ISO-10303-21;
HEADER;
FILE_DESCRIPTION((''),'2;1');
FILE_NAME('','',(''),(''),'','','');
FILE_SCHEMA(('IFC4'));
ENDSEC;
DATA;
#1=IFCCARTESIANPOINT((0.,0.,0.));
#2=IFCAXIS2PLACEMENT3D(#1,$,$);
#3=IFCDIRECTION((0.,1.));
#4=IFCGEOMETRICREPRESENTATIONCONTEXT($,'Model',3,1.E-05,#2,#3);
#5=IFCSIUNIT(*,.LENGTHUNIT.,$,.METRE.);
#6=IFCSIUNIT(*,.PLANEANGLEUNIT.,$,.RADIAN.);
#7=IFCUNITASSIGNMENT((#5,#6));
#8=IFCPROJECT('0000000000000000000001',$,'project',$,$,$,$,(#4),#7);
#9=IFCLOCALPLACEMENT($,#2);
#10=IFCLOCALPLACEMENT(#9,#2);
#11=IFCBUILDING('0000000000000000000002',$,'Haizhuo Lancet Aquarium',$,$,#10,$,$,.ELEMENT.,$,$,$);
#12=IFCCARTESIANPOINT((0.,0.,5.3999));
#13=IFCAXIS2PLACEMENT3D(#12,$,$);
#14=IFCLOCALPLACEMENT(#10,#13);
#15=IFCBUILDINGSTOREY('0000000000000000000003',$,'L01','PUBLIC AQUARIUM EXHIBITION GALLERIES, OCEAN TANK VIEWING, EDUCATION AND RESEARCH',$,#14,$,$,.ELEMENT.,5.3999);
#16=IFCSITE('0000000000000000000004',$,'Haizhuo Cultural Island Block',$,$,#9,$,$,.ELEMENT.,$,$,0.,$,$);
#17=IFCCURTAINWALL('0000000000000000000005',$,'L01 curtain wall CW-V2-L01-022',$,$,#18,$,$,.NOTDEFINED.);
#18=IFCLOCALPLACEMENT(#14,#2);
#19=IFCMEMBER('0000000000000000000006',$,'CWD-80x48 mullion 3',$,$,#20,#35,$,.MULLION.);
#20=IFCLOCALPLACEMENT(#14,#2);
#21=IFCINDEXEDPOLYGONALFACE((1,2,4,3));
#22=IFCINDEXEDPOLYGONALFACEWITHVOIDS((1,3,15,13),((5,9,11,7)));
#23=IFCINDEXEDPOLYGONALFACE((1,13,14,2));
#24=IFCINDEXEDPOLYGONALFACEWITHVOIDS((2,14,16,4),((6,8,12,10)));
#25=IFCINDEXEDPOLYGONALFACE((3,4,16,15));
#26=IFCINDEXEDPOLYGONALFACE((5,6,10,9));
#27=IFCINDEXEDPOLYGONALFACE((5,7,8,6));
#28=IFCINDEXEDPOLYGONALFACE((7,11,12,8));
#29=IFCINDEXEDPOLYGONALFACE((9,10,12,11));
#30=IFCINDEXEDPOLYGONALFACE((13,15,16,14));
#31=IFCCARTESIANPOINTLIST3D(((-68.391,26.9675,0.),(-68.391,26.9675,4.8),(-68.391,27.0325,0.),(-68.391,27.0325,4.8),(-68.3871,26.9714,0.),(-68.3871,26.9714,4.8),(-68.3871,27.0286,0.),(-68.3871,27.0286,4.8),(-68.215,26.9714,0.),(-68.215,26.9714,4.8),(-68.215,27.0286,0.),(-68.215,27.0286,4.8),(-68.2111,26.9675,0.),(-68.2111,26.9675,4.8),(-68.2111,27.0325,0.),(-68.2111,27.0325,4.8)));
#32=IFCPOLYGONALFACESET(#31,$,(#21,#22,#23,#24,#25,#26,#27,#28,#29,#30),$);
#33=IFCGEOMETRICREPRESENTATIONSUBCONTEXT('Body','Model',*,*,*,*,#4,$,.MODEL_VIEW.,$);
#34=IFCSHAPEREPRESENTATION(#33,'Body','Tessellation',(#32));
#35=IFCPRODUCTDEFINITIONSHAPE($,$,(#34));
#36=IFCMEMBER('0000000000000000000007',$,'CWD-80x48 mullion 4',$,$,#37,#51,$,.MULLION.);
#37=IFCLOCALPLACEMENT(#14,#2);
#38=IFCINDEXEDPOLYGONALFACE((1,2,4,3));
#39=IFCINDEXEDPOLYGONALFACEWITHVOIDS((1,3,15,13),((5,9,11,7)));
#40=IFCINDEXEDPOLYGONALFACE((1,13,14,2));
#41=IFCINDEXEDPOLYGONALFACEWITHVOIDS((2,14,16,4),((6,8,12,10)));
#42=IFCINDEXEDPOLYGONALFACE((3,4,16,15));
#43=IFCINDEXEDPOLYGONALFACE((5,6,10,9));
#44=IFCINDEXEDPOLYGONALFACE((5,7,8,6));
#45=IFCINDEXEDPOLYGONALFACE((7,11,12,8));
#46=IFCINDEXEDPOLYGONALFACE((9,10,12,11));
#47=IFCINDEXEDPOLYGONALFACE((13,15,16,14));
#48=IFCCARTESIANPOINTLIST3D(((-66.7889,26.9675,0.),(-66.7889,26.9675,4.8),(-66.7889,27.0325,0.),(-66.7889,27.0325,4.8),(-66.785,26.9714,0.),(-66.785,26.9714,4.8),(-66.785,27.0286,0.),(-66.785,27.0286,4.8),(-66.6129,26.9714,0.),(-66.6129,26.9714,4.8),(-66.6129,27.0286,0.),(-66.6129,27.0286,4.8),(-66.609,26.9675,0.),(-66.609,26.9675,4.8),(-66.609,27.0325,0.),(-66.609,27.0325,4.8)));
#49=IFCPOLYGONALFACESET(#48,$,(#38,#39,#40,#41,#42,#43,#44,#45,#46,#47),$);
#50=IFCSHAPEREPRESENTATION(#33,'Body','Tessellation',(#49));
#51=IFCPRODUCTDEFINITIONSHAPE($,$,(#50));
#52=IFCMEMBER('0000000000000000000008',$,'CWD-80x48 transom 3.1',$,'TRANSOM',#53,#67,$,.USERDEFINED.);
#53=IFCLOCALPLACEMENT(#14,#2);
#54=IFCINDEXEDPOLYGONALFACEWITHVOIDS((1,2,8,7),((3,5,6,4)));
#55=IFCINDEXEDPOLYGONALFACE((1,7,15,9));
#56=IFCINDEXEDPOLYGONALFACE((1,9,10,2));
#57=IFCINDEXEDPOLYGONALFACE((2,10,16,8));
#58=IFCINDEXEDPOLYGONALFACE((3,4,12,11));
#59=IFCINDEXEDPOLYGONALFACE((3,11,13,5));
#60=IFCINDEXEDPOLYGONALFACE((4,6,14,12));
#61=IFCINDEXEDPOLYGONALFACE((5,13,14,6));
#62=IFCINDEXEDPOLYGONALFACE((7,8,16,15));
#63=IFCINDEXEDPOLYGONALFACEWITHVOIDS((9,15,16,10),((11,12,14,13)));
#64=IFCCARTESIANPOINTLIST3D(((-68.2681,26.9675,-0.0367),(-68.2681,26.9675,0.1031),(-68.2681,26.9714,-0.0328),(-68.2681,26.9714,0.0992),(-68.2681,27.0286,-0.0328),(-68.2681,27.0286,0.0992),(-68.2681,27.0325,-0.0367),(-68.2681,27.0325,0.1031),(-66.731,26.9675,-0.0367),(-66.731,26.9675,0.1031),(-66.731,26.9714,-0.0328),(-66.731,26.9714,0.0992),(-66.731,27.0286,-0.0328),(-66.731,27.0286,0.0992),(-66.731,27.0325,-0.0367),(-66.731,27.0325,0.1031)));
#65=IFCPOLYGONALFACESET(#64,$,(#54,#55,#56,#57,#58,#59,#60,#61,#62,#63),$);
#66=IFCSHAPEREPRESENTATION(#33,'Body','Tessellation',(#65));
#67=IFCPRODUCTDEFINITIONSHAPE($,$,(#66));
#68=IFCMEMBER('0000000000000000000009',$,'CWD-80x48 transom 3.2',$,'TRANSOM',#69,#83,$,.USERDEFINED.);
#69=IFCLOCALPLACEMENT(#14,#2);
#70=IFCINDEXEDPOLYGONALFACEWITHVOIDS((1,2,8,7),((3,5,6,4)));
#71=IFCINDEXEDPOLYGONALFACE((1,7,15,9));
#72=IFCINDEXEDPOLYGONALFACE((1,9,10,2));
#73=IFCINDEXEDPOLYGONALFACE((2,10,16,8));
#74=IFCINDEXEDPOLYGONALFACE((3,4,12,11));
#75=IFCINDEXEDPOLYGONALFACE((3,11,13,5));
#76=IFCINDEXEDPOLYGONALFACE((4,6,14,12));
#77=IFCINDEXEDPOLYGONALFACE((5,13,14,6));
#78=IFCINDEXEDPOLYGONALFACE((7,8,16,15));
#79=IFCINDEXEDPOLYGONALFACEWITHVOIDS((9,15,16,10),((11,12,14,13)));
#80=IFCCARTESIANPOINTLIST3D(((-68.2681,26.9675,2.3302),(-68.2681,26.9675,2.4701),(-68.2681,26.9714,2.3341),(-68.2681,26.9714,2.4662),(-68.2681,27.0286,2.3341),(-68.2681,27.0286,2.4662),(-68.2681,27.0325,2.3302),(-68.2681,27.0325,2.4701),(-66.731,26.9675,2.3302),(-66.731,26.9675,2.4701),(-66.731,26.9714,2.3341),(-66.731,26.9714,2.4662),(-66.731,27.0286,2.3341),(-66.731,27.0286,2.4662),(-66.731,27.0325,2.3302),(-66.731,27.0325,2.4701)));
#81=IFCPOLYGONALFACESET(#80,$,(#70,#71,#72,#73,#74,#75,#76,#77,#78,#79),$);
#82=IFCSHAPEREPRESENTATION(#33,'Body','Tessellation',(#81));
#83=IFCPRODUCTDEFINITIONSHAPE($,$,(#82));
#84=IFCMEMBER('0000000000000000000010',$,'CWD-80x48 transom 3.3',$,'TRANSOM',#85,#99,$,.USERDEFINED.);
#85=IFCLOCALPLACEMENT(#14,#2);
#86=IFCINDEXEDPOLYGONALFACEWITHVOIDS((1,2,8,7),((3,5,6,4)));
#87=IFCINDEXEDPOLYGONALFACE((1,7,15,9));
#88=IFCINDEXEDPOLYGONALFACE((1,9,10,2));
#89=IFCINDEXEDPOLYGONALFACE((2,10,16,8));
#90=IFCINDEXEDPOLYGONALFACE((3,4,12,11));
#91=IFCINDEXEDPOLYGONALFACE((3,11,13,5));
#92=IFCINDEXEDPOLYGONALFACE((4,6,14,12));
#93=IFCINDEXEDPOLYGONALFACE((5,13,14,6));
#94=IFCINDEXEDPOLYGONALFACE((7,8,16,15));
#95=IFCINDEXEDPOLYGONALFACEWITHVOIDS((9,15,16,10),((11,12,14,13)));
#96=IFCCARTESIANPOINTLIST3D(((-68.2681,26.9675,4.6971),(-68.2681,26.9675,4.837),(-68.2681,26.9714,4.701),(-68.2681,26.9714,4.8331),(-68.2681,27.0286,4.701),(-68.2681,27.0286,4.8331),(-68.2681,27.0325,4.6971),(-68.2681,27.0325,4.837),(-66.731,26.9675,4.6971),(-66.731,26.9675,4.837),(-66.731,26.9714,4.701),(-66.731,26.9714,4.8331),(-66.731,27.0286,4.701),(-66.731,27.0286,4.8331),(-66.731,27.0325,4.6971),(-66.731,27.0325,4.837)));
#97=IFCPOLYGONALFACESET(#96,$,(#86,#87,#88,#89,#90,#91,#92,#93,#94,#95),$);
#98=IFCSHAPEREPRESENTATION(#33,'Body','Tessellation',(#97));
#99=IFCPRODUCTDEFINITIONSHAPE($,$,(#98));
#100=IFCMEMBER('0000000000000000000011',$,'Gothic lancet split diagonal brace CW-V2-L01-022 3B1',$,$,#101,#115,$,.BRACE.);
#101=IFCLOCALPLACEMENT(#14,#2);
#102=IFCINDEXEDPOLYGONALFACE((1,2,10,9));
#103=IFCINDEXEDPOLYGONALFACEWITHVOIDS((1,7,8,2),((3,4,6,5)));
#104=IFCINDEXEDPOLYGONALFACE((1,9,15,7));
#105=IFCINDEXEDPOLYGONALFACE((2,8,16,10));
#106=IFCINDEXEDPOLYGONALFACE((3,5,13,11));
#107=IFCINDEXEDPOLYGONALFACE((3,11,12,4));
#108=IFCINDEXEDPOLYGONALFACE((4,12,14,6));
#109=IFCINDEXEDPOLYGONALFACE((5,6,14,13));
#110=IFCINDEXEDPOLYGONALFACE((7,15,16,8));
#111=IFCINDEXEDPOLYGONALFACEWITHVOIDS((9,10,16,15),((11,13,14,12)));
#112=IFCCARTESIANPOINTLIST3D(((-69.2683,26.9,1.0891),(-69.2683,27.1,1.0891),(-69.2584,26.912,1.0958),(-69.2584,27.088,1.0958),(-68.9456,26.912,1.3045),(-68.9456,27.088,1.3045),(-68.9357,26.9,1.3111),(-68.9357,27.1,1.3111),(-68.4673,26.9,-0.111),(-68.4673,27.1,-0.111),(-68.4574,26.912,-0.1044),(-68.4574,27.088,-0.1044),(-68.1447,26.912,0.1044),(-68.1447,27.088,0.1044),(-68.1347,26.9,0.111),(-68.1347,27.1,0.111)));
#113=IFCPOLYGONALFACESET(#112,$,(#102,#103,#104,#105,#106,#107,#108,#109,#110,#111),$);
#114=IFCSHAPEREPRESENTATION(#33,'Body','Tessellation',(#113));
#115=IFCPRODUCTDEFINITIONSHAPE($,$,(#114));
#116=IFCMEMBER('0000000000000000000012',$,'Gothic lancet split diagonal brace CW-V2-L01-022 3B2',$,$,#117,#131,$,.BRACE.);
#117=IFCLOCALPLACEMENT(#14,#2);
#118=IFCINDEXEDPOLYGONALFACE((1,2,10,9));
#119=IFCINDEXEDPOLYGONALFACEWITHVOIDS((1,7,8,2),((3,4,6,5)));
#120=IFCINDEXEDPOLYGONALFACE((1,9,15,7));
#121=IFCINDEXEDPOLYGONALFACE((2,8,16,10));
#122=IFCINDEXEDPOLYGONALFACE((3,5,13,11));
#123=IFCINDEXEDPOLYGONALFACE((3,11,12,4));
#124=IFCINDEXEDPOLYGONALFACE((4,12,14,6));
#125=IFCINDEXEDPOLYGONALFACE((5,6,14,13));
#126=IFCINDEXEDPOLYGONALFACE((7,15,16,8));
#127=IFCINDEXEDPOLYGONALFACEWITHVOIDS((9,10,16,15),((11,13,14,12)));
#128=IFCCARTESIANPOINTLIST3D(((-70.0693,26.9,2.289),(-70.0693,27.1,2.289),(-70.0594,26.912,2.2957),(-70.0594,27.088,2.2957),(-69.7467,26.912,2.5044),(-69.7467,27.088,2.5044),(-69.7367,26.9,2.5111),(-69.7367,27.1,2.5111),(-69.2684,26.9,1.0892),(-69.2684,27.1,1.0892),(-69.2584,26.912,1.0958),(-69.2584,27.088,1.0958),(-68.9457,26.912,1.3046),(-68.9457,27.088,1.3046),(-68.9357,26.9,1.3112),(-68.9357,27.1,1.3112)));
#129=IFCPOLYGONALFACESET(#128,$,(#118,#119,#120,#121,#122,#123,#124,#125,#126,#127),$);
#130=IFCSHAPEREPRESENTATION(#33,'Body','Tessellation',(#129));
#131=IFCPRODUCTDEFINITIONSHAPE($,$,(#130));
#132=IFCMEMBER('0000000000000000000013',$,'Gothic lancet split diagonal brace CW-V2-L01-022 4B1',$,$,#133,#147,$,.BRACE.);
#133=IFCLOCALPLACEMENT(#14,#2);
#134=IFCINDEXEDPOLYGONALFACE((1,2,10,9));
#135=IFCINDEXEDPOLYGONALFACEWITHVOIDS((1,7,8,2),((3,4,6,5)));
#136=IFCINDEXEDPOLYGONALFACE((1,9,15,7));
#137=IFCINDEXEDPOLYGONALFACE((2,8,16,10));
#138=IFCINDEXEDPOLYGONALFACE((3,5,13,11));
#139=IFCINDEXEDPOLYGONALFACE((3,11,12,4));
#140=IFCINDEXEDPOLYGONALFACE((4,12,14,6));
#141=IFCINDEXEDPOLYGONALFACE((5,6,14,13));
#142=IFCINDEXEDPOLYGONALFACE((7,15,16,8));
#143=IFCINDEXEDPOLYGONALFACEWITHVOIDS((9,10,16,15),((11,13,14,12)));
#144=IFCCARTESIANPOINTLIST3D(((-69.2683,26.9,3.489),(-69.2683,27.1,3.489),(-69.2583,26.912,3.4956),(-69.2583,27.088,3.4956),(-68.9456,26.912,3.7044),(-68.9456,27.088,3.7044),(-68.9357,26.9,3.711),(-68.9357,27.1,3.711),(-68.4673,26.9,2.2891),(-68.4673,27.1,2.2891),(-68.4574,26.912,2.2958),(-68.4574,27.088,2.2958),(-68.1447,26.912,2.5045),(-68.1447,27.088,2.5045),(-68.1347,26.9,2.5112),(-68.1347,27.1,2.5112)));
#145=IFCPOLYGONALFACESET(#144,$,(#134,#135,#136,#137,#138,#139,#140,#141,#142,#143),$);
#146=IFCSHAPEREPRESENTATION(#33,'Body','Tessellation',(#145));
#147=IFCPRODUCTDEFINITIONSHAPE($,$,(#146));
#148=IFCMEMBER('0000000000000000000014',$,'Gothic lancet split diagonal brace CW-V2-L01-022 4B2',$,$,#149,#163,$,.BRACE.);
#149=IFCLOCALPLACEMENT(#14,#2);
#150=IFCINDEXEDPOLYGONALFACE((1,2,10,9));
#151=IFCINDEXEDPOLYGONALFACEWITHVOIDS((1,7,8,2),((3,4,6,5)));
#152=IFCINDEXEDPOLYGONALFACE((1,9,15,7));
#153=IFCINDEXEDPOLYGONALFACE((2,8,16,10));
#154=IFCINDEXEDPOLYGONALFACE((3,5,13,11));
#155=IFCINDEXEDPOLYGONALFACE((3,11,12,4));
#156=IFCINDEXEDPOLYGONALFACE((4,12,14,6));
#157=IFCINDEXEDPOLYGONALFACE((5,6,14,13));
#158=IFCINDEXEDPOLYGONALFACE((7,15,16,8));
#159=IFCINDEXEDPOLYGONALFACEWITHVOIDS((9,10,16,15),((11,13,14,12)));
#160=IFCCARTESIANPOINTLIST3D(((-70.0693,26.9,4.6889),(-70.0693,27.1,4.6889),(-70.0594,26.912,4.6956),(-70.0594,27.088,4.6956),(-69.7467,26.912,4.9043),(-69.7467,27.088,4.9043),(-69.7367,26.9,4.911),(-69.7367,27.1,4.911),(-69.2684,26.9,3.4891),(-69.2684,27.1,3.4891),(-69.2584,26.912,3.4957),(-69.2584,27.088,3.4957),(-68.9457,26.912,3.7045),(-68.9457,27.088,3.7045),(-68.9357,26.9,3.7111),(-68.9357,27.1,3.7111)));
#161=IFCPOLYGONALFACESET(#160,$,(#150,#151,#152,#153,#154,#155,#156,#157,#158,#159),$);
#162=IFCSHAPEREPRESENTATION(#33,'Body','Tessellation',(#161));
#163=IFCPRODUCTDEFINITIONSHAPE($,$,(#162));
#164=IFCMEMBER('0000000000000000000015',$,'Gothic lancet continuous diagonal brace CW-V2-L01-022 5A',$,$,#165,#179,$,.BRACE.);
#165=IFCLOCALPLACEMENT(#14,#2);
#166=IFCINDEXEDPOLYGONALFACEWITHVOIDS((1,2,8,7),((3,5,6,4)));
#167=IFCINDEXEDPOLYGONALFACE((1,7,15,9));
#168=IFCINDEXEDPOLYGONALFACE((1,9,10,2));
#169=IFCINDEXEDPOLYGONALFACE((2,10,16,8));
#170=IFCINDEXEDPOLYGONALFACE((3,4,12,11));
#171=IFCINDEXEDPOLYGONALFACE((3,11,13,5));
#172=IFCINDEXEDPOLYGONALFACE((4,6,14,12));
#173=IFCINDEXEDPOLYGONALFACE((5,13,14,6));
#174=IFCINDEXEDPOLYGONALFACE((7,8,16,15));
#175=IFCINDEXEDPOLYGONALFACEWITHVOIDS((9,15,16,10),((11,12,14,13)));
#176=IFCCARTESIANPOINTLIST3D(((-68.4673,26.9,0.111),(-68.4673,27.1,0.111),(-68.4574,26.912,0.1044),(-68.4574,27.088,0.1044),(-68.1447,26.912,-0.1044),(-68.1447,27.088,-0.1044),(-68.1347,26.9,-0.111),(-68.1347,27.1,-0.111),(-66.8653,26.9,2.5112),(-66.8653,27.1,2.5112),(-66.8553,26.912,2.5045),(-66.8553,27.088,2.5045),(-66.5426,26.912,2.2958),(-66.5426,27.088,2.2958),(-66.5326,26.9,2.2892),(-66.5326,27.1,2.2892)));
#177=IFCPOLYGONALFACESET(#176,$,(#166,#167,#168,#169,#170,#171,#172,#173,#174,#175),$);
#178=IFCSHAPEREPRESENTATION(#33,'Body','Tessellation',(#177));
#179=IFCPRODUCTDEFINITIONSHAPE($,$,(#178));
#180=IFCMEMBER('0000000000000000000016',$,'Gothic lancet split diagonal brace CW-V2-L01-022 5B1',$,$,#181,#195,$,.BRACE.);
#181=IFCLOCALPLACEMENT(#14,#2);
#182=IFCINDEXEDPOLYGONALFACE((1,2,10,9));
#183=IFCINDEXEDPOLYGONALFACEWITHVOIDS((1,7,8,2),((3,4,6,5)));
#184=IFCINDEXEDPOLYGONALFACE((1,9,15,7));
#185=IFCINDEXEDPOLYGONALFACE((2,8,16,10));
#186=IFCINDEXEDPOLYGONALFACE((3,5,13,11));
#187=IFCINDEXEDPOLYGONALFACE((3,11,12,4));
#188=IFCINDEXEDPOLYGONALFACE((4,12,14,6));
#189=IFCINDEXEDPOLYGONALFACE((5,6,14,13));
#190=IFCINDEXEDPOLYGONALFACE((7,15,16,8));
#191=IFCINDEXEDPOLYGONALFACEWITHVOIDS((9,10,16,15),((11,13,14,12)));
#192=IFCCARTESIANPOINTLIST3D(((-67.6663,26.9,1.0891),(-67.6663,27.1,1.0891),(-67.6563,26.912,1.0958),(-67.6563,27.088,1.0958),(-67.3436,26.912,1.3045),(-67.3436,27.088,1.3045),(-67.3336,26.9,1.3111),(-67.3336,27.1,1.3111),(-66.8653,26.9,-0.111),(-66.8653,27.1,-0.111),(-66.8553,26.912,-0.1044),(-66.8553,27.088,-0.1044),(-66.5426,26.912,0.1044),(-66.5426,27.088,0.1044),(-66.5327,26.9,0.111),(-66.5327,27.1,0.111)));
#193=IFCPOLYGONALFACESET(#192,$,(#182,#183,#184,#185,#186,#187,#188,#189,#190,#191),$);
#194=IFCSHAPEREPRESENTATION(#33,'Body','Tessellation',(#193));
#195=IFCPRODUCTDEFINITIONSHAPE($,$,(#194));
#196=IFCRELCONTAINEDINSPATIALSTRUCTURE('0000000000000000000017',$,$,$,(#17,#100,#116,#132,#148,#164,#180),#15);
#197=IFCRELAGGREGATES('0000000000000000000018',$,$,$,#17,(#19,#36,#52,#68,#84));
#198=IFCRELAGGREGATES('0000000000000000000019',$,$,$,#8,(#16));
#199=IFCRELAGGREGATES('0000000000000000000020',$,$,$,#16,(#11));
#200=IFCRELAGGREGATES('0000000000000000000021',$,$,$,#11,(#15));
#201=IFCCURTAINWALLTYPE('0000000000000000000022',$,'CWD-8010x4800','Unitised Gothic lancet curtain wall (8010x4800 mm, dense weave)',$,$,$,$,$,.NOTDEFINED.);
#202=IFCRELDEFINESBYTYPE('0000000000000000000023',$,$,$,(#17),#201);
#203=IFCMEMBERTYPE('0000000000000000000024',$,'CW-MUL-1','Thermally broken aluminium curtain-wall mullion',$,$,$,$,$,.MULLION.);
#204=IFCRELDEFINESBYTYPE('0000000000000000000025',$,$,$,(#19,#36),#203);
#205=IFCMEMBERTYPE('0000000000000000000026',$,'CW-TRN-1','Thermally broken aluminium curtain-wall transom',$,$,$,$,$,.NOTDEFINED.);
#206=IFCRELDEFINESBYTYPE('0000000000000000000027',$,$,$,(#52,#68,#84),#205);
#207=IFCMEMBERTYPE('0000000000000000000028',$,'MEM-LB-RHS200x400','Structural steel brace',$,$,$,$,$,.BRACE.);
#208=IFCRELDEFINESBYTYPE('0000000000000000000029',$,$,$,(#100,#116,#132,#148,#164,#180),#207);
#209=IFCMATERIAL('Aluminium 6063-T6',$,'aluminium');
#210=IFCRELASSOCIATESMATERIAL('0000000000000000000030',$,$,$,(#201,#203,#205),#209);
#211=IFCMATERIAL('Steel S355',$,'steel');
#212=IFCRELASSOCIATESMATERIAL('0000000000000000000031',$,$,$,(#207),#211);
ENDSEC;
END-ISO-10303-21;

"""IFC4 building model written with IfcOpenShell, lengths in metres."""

from ifc_helpers import new_model, si_unit, direction, frame, origin, origin_2d, place, context, subcontext, project, spatial, hollow_rectangle, extrude, material, material_profile, profile_set, type_object, element, aggregate, save


model = new_model("IFC4")

# Units and contexts
model_context = context("Model", 3, precision=1e-05, world=origin(), true_north=direction((0.0, 1.0)))
body_context = subcontext(model_context, "Body", "Model", "MODEL_VIEW")
ifc_project = project(units=[si_unit("LENGTHUNIT", "METRE"), si_unit("PLANEANGLEUNIT", "RADIAN")], contexts=[model_context])

# Site, building, storey
site_placement = place(None, origin())
site = spatial("IfcSite", under=ifc_project, at=site_placement, Name="Haizhuo Cultural Island Block", CompositionType="ELEMENT", RefElevation=0.0)
building_placement = place(site_placement, origin())
building = spatial("IfcBuilding", under=site, at=building_placement, Name="Haizhuo Lancet Aquarium", CompositionType="ELEMENT")
storey_placement = place(building_placement, frame((0.0, 0.0, 5.3999)))
storey = spatial("IfcBuildingStorey", under=building, at=storey_placement, Name="L01", Description="PUBLIC AQUARIUM EXHIBITION GALLERIES, OCEAN TANK VIEWING, EDUCATION AND RESEARCH", CompositionType="ELEMENT", Elevation=5.3999)

# Curtain wall, members
ifc_material_1 = material(Name="Aluminium 6063-T6", Category="aluminium")
curtain_wall_type = type_object("IfcCurtainWallType", Name="CWD-8010x4800", Description="Unitised Gothic lancet curtain wall (8010x4800 mm, dense weave)", PredefinedType="NOTDEFINED", material=ifc_material_1)
curtain_wall_placement = place(storey_placement, origin())
curtain_wall = element("IfcCurtainWall", 1, at=curtain_wall_placement, inside=storey, type_object=curtain_wall_type, Name="L01 curtain wall CW-V2-L01-022", PredefinedType="NOTDEFINED")
ifc_material_profile_1 = material_profile(ifc_material_1, hollow_rectangle(XDim=0.0649, YDim=0.1799, WallThickness=0.0039, at=origin_2d()), Name="ALU-M 65x180x4")
ifc_profile_set_1 = profile_set([ifc_material_profile_1], Name="Aluminium 6063-T6")
member_type_1 = type_object("IfcMemberType", Name="CW-MUL-1", Description="Thermally broken aluminium curtain-wall mullion", PredefinedType="MULLION", material=ifc_profile_set_1)
member_1_placement = place(storey_placement, frame((-68.301, 27.0, 0.0), z_axis=(0.0, 0.0, 1.0), x_axis=(0.0, 1.0, 0.0)))
member_1 = element("IfcMember", 2, at=member_1_placement, type_object=member_type_1, Name="CWD-80x48 mullion 3", PredefinedType="MULLION", context=body_context, shape_type="SweptSolid", body=[
    extrude(hollow_rectangle(XDim=0.0649, YDim=0.1799, WallThickness=0.0039, at=origin_2d()), origin(), (0.0, 0.0, 1.0), 4.8),
])
member_2_placement = place(storey_placement, frame((-66.699, 27.0, 0.0), z_axis=(0.0, 0.0, 1.0), x_axis=(0.0, 1.0, 0.0)))
member_2 = element("IfcMember", 3, at=member_2_placement, type_object=member_type_1, Name="CWD-80x48 mullion 4", PredefinedType="MULLION", context=body_context, shape_type="SweptSolid", body=[
    extrude(hollow_rectangle(XDim=0.0649, YDim=0.1799, WallThickness=0.0039, at=origin_2d()), origin(), (0.0, 0.0, 1.0), 4.8),
])
ifc_material_profile_2 = material_profile(ifc_material_1, hollow_rectangle(XDim=0.0649, YDim=0.1399, WallThickness=0.0039, at=origin_2d()), Name="ALU-T 65x140x4")
ifc_profile_set_2 = profile_set([ifc_material_profile_2], Name="Aluminium 6063-T6")
member_type_2 = type_object("IfcMemberType", Name="CW-TRN-1", Description="Thermally broken aluminium curtain-wall transom", PredefinedType="NOTDEFINED", material=ifc_profile_set_2)
member_3_placement = place(storey_placement, frame((-68.2681, 27.0, 0.0332), z_axis=(1.0, 0.0, 0.0), x_axis=(0.0, 1.0, 0.0)))
member_3 = element("IfcMember", 4, at=member_3_placement, type_object=member_type_2, Name="CWD-80x48 transom 3.1", ObjectType="TRANSOM", PredefinedType="USERDEFINED", context=body_context, shape_type="SweptSolid", body=[
    extrude(hollow_rectangle(XDim=0.0649, YDim=0.1399, WallThickness=0.0039, at=origin_2d()), origin(), (0.0, 0.0, 1.0), 1.5371),
])
member_4_placement = place(storey_placement, frame((-68.2681, 27.0, 2.4001), z_axis=(1.0, 0.0, 0.0), x_axis=(0.0, 1.0, 0.0)))
member_4 = element("IfcMember", 5, at=member_4_placement, type_object=member_type_2, Name="CWD-80x48 transom 3.2", ObjectType="TRANSOM", PredefinedType="USERDEFINED", context=body_context, shape_type="SweptSolid", body=[
    extrude(hollow_rectangle(XDim=0.0649, YDim=0.1399, WallThickness=0.0039, at=origin_2d()), origin(), (0.0, 0.0, 1.0), 1.5371),
])
member_5_placement = place(storey_placement, frame((-68.2681, 27.0, 4.7671), z_axis=(1.0, 0.0, 0.0), x_axis=(0.0, 1.0, 0.0)))
member_5 = element("IfcMember", 6, at=member_5_placement, type_object=member_type_2, Name="CWD-80x48 transom 3.3", ObjectType="TRANSOM", PredefinedType="USERDEFINED", context=body_context, shape_type="SweptSolid", body=[
    extrude(hollow_rectangle(XDim=0.0649, YDim=0.1399, WallThickness=0.0039, at=origin_2d()), origin(), (0.0, 0.0, 1.0), 1.5371),
])

# Members
ifc_material_2 = material(Name="Steel S355", Category="steel")
ifc_material_profile_3 = material_profile(ifc_material_2, hollow_rectangle(XDim=0.2, YDim=0.3999, WallThickness=0.012, at=origin_2d()), Name="RHS 200x400x12")
ifc_profile_set_3 = profile_set([ifc_material_profile_3], Name="Steel S355")
member_type_3 = type_object("IfcMemberType", Name="MEM-LB-RHS200x400", Description="Structural steel brace", PredefinedType="BRACE", material=ifc_profile_set_3)
member_6_placement = place(storey_placement, frame((-68.301, 27.0, 0.0), z_axis=(-0.55513, 0.0, 0.831764), x_axis=(0.0, -1.0, 0.0)))
element("IfcMember", 7, at=member_6_placement, inside=storey, type_object=member_type_3, Name="Gothic lancet split diagonal brace CW-V2-L01-022 3B1", PredefinedType="BRACE", context=body_context, shape_type="SweptSolid", body=[
    extrude(hollow_rectangle(XDim=0.2, YDim=0.3999, WallThickness=0.012, at=origin_2d()), origin(), (0.0, 0.0, 1.0), 1.4429),
])
for number, where, z_axis, x_axis, name in (
    (8, (-69.1021, 27.0, 1.2002), (-0.555208, 0.0, 0.831712), (0.0, -1.0, 0.0), "Gothic lancet split diagonal brace CW-V2-L01-022 3B2"),
    (9, (-68.301, 27.0, 2.4001), (-0.555208, 0.0, 0.831712), (0.0, -1.0, 0.0), "Gothic lancet split diagonal brace CW-V2-L01-022 4B1"),
    (10, (-69.1021, 27.0, 3.6001), (-0.555208, 0.0, 0.831712), (0.0, -1.0, 0.0), "Gothic lancet split diagonal brace CW-V2-L01-022 4B2"),
):
    element("IfcMember", number, at=place(storey_placement, frame(where, z_axis=z_axis, x_axis=x_axis)), inside=storey, type_object=member_type_3, Name=name, PredefinedType="BRACE", context=body_context, shape_type="SweptSolid", body=[
        extrude(hollow_rectangle(XDim=0.2, YDim=0.3999, WallThickness=0.012, at=origin_2d()), origin(), (0.0, 0.0, 1.0), 1.4426),
    ])
member_7_placement = place(storey_placement, frame((-68.301, 27.0, 0.0), z_axis=(0.555169, 0.0, 0.831738), x_axis=(0.0, 1.0, 0.0)))
element("IfcMember", 11, at=member_7_placement, inside=storey, type_object=member_type_3, Name="Gothic lancet continuous diagonal brace CW-V2-L01-022 5A", PredefinedType="BRACE", context=body_context, shape_type="SweptSolid", body=[
    extrude(hollow_rectangle(XDim=0.2, YDim=0.3999, WallThickness=0.012, at=origin_2d()), origin(), (0.0, 0.0, 1.0), 2.8857),
])
member_8_placement = place(storey_placement, frame((-66.699, 27.0, 0.0), z_axis=(-0.55513, 0.0, 0.831764), x_axis=(0.0, -1.0, 0.0)))
element("IfcMember", 12, at=member_8_placement, inside=storey, type_object=member_type_3, Name="Gothic lancet split diagonal brace CW-V2-L01-022 5B1", PredefinedType="BRACE", context=body_context, shape_type="SweptSolid", body=[
    extrude(hollow_rectangle(XDim=0.2, YDim=0.3999, WallThickness=0.012, at=origin_2d()), origin(), (0.0, 0.0, 1.0), 1.4429),
])

aggregate(curtain_wall, [member_1, member_2, member_3, member_4, member_5])

save(model, "model.ifc")
